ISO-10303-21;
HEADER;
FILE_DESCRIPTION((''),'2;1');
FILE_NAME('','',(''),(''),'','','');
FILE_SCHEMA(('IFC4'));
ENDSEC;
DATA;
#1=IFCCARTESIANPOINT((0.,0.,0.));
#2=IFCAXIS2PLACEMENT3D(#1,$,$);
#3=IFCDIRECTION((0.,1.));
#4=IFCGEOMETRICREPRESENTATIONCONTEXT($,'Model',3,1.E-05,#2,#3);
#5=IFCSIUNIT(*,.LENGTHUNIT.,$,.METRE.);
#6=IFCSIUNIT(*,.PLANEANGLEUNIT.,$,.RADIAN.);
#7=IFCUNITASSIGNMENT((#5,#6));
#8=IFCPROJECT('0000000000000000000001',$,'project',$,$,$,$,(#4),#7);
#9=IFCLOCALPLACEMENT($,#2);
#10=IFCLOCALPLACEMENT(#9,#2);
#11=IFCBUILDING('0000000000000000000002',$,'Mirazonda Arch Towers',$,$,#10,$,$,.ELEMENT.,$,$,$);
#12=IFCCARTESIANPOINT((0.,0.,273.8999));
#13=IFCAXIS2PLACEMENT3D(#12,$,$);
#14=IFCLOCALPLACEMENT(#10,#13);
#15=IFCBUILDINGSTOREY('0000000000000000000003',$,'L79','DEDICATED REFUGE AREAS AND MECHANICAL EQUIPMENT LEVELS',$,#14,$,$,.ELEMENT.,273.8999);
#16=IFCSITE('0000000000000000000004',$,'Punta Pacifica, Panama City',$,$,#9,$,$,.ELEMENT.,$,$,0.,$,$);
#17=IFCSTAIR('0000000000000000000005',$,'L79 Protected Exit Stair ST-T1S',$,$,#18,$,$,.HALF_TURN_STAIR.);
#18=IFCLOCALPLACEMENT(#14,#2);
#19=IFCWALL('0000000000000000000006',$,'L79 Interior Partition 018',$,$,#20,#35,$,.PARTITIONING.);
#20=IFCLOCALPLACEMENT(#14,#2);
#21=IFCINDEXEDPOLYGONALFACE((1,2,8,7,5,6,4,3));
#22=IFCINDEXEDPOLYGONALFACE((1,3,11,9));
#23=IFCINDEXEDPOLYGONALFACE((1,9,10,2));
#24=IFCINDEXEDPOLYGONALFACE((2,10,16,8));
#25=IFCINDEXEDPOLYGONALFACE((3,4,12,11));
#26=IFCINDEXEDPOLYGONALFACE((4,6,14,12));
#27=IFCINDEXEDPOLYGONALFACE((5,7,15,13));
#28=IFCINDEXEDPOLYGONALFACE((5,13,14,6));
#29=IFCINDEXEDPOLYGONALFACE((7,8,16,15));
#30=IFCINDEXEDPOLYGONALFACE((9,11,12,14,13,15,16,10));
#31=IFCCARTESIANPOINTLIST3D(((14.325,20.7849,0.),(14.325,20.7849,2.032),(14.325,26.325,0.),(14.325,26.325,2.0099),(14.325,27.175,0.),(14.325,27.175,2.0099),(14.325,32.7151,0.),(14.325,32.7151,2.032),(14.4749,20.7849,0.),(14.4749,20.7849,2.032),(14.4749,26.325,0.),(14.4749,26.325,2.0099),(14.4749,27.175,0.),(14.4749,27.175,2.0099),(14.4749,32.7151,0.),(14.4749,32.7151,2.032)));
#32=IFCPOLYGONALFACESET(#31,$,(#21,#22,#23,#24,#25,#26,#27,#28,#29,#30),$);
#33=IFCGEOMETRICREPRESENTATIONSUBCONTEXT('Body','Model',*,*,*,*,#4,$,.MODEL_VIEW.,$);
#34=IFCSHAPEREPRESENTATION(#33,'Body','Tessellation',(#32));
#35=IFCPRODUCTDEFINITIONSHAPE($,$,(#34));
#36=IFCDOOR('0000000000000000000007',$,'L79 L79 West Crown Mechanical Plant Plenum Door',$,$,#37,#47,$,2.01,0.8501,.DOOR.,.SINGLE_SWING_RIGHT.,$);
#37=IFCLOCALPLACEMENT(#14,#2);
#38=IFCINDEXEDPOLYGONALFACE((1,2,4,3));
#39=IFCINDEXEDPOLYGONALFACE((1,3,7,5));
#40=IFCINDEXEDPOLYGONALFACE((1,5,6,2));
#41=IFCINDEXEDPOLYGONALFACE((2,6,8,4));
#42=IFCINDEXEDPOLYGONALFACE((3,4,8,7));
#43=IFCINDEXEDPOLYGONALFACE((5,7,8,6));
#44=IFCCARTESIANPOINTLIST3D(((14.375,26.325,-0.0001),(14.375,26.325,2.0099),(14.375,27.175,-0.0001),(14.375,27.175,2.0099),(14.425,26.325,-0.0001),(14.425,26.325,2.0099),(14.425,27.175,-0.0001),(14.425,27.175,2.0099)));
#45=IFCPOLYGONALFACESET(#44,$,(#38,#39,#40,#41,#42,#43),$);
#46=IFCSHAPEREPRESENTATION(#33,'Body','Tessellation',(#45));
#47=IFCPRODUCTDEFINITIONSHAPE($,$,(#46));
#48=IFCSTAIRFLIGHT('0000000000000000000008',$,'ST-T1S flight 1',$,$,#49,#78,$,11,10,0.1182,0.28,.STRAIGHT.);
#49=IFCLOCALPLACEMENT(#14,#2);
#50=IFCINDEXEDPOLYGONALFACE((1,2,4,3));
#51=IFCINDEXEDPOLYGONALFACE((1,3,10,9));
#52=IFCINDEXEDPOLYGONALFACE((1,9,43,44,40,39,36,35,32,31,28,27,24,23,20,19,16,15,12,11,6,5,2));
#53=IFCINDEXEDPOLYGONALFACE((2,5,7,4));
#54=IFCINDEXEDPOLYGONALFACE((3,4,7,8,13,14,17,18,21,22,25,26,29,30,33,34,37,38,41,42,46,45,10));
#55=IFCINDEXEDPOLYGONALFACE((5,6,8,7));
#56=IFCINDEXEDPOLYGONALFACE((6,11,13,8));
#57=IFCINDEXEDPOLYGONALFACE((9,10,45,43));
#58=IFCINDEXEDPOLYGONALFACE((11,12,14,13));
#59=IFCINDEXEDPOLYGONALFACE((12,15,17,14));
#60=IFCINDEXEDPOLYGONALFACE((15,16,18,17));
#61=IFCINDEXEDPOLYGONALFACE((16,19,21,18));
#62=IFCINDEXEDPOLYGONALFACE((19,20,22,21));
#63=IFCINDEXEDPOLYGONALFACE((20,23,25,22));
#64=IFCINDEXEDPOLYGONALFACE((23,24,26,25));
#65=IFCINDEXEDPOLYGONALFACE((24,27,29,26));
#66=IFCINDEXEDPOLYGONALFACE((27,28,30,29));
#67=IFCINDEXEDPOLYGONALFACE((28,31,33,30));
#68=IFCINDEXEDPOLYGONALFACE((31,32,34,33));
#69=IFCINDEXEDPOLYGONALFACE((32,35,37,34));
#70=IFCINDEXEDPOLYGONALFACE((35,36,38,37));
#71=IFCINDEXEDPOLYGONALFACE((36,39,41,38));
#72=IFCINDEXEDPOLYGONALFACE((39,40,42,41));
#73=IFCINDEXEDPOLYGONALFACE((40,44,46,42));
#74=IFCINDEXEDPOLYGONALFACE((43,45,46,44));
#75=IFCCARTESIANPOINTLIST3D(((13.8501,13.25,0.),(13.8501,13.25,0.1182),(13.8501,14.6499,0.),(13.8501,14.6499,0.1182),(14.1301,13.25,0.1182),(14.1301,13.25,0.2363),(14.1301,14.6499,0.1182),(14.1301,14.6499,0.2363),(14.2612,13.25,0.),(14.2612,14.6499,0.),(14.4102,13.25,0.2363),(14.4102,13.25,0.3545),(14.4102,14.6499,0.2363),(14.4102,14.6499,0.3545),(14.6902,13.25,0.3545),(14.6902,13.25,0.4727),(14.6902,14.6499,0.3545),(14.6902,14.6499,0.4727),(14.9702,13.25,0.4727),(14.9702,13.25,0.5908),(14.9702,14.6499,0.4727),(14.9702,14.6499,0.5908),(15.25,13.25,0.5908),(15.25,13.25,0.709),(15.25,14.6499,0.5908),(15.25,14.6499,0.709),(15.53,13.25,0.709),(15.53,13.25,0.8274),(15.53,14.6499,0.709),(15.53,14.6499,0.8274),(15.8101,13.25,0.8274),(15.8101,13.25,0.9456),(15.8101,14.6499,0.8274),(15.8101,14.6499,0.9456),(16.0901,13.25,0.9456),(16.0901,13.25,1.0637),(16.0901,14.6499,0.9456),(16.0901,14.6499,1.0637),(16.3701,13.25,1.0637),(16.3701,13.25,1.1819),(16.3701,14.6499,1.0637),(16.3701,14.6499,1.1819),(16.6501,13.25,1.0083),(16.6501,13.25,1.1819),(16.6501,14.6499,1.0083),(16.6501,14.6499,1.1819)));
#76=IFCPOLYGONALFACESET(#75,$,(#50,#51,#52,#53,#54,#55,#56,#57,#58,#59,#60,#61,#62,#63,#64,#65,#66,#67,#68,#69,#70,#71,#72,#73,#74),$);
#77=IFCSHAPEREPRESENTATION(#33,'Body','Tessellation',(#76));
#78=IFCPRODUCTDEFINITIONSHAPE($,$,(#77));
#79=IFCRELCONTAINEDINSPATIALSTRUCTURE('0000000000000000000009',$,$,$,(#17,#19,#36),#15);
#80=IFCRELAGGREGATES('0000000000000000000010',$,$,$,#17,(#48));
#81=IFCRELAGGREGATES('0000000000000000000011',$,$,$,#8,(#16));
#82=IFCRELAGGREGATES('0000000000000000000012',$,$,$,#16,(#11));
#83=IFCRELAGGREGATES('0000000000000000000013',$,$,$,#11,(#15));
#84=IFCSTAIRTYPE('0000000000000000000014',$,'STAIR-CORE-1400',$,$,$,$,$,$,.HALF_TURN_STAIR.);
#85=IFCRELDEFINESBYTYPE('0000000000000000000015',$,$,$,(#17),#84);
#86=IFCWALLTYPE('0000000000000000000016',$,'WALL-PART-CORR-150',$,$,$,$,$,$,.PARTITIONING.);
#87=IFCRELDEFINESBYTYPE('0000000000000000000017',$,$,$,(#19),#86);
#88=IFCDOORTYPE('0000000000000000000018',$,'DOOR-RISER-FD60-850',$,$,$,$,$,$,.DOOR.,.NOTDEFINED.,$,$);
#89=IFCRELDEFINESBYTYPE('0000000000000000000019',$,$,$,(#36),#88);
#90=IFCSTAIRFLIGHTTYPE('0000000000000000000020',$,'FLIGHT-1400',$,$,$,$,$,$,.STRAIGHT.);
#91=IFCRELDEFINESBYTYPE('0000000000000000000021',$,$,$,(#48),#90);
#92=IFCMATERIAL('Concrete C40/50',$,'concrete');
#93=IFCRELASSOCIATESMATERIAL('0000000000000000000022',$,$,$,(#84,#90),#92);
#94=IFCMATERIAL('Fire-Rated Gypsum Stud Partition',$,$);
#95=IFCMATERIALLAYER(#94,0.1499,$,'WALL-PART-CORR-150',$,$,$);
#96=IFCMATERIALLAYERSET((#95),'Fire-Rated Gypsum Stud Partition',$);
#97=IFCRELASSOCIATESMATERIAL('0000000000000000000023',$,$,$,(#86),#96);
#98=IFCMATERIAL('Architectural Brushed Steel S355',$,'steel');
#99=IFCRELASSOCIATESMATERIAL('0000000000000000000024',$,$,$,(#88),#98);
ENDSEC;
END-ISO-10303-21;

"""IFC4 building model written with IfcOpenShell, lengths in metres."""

from ifc_helpers import new_model, si_unit, direction, frame, frame_2d, origin, place, context, subcontext, project, spatial, polyline, rectangle, outline, extrude, material, layer, layer_set, type_object, element, fill, aggregate, save


model = new_model("IFC4")

# Units and contexts
model_context = context("Model", 3, precision=1e-05, world=origin(), true_north=direction((0.0, 1.0)))
body_context = subcontext(model_context, "Body", "Model", "MODEL_VIEW")
ifc_project = project(units=[si_unit("LENGTHUNIT", "METRE"), si_unit("PLANEANGLEUNIT", "RADIAN")], contexts=[model_context])

# Site, building, storey
site_placement = place(None, origin())
site = spatial("IfcSite", under=ifc_project, at=site_placement, Name="Punta Pacifica, Panama City", CompositionType="ELEMENT", RefElevation=0.0)
building_placement = place(site_placement, origin())
building = spatial("IfcBuilding", under=site, at=building_placement, Name="Mirazonda Arch Towers", CompositionType="ELEMENT")
storey_placement = place(building_placement, frame((0.0, 0.0, 273.8999)))
storey = spatial("IfcBuildingStorey", under=building, at=storey_placement, Name="L79", Description="DEDICATED REFUGE AREAS AND MECHANICAL EQUIPMENT LEVELS", CompositionType="ELEMENT", Elevation=273.8999)

# Stair
ifc_material_1 = material(Name="Concrete C40/50", Category="concrete")
stair_type = type_object("IfcStairType", Name="STAIR-CORE-1400", PredefinedType="HALF_TURN_STAIR", material=ifc_material_1)
stair_1_placement = place(storey_placement, origin())
stair_1 = element("IfcStair", 1, at=stair_1_placement, inside=storey, type_object=stair_type, Name="L79 Protected Exit Stair ST-T1S", PredefinedType="HALF_TURN_STAIR")

# Shared definitions
ifc_material_2 = material(Name="Architectural Brushed Steel S355", Category="steel")

# Shared definitions
ifc_material_3 = material(Name="Fire-Rated Gypsum Stud Partition")
ifc_layer_1 = layer(ifc_material_3, 0.1499, Name="WALL-PART-CORR-150")
ifc_layer_set_1 = layer_set([ifc_layer_1], Name="Fire-Rated Gypsum Stud Partition")
wall_type_1 = type_object("IfcWallType", Name="WALL-PART-CORR-150", PredefinedType="PARTITIONING", material=ifc_layer_set_1)

# Wall, opening, door
wall_1_placement = place(storey_placement, frame((14.3999, 20.7849, 0.0), z_axis=(0.0, 0.0, 1.0), x_axis=(0.0, 1.0, 0.0)))
wall_1 = element("IfcWall", 2, at=wall_1_placement, inside=storey, type_object=wall_type_1, Name="L79 Interior Partition 018", PredefinedType="PARTITIONING", context=body_context, shape_type="SweptSolid", body=[
    extrude(rectangle(XDim=11.9302, YDim=0.1499, at=frame_2d((5.9651, 0.0))), origin(), (0.0, 0.0, 1.0), 2.032),
])
opening_1_placement = place(wall_1_placement, frame((5.54, 0.0, 0.0)))
opening_1 = element("IfcOpeningElement", 3, at=opening_1_placement, cuts=wall_1, PredefinedType="OPENING", context=body_context, shape_type="SweptSolid", body=[
    extrude(rectangle(XDim=0.8501, YDim=2.01, at=frame_2d((0.425, 1.0049))), frame((0.0, 0.085, 0.0), z_axis=(0.0, -1.0, 0.0), x_axis=(1.0, 0.0, 0.0)), (0.0, 0.0, 1.0), 0.1699),
])
door_type_1 = type_object("IfcDoorType", Name="DOOR-RISER-FD60-850", OperationType="NOTDEFINED", PredefinedType="DOOR", material=ifc_material_2)
door_1_placement = place(opening_1_placement, origin())
door_1 = element("IfcDoor", 4, at=door_1_placement, inside=storey, type_object=door_type_1, Name="L79 L79 West Crown Mechanical Plant Plenum Door", OperationType="SINGLE_SWING_RIGHT", OverallHeight=2.01, OverallWidth=0.8501, PredefinedType="DOOR", context=body_context, shape_type="SweptSolid", body=[
    extrude(rectangle(XDim=0.8501, YDim=2.01, at=frame_2d((0.425, 1.0049))), frame((0.0, 0.0249, 0.0), z_axis=(0.0, -1.0, 0.0), x_axis=(1.0, 0.0, 0.0)), (0.0, 0.0, 1.0), 0.05),
])
fill(opening_1, door_1)

# Stair flight
stair_flight_type = type_object("IfcStairFlightType", Name="FLIGHT-1400", PredefinedType="STRAIGHT", material=ifc_material_1)
stair_flight_placement = place(storey_placement, frame((13.8501, 13.95, 0.0), z_axis=(0.0, 0.0, 1.0), x_axis=(1.0, 0.0, 0.0)))
stair_flight = element("IfcStairFlight", 5, at=stair_flight_placement, type_object=stair_flight_type, Name="ST-T1S flight 1", NumberOfRisers=11, NumberOfTreads=10, PredefinedType="STRAIGHT", RiserHeight=0.1182, TreadLength=0.28, context=body_context, shape_type="SweptSolid", body=[
    extrude(outline(polyline([(0.0, 0.0), (0.0, 0.1182), (0.28, 0.1182), (0.28, 0.2363), (0.5601, 0.2363), (0.5601, 0.3545), (0.8401, 0.3545), (0.8401, 0.4727), (1.1201, 0.4727), (1.1201, 0.5908), (1.3999, 0.5908), (1.3999, 0.709), (1.6799, 0.709), (1.6799, 0.8274), (1.96, 0.8274), (1.96, 0.9456), (2.24, 0.9456), (2.24, 1.0637), (2.52, 1.0637), (2.52, 1.1819), (2.8, 1.1819), (2.8, 1.3), (2.8, 1.0083), (0.4111, 0.0), (0.0, 0.0)])), frame((0.0, 0.7, 0.0), z_axis=(0.0, -1.0, 0.0), x_axis=(1.0, 0.0, 0.0)), (0.0, 0.0, 1.0), 1.3999),
])
aggregate(stair_1, [stair_flight])

save(model, "model.ifc")
